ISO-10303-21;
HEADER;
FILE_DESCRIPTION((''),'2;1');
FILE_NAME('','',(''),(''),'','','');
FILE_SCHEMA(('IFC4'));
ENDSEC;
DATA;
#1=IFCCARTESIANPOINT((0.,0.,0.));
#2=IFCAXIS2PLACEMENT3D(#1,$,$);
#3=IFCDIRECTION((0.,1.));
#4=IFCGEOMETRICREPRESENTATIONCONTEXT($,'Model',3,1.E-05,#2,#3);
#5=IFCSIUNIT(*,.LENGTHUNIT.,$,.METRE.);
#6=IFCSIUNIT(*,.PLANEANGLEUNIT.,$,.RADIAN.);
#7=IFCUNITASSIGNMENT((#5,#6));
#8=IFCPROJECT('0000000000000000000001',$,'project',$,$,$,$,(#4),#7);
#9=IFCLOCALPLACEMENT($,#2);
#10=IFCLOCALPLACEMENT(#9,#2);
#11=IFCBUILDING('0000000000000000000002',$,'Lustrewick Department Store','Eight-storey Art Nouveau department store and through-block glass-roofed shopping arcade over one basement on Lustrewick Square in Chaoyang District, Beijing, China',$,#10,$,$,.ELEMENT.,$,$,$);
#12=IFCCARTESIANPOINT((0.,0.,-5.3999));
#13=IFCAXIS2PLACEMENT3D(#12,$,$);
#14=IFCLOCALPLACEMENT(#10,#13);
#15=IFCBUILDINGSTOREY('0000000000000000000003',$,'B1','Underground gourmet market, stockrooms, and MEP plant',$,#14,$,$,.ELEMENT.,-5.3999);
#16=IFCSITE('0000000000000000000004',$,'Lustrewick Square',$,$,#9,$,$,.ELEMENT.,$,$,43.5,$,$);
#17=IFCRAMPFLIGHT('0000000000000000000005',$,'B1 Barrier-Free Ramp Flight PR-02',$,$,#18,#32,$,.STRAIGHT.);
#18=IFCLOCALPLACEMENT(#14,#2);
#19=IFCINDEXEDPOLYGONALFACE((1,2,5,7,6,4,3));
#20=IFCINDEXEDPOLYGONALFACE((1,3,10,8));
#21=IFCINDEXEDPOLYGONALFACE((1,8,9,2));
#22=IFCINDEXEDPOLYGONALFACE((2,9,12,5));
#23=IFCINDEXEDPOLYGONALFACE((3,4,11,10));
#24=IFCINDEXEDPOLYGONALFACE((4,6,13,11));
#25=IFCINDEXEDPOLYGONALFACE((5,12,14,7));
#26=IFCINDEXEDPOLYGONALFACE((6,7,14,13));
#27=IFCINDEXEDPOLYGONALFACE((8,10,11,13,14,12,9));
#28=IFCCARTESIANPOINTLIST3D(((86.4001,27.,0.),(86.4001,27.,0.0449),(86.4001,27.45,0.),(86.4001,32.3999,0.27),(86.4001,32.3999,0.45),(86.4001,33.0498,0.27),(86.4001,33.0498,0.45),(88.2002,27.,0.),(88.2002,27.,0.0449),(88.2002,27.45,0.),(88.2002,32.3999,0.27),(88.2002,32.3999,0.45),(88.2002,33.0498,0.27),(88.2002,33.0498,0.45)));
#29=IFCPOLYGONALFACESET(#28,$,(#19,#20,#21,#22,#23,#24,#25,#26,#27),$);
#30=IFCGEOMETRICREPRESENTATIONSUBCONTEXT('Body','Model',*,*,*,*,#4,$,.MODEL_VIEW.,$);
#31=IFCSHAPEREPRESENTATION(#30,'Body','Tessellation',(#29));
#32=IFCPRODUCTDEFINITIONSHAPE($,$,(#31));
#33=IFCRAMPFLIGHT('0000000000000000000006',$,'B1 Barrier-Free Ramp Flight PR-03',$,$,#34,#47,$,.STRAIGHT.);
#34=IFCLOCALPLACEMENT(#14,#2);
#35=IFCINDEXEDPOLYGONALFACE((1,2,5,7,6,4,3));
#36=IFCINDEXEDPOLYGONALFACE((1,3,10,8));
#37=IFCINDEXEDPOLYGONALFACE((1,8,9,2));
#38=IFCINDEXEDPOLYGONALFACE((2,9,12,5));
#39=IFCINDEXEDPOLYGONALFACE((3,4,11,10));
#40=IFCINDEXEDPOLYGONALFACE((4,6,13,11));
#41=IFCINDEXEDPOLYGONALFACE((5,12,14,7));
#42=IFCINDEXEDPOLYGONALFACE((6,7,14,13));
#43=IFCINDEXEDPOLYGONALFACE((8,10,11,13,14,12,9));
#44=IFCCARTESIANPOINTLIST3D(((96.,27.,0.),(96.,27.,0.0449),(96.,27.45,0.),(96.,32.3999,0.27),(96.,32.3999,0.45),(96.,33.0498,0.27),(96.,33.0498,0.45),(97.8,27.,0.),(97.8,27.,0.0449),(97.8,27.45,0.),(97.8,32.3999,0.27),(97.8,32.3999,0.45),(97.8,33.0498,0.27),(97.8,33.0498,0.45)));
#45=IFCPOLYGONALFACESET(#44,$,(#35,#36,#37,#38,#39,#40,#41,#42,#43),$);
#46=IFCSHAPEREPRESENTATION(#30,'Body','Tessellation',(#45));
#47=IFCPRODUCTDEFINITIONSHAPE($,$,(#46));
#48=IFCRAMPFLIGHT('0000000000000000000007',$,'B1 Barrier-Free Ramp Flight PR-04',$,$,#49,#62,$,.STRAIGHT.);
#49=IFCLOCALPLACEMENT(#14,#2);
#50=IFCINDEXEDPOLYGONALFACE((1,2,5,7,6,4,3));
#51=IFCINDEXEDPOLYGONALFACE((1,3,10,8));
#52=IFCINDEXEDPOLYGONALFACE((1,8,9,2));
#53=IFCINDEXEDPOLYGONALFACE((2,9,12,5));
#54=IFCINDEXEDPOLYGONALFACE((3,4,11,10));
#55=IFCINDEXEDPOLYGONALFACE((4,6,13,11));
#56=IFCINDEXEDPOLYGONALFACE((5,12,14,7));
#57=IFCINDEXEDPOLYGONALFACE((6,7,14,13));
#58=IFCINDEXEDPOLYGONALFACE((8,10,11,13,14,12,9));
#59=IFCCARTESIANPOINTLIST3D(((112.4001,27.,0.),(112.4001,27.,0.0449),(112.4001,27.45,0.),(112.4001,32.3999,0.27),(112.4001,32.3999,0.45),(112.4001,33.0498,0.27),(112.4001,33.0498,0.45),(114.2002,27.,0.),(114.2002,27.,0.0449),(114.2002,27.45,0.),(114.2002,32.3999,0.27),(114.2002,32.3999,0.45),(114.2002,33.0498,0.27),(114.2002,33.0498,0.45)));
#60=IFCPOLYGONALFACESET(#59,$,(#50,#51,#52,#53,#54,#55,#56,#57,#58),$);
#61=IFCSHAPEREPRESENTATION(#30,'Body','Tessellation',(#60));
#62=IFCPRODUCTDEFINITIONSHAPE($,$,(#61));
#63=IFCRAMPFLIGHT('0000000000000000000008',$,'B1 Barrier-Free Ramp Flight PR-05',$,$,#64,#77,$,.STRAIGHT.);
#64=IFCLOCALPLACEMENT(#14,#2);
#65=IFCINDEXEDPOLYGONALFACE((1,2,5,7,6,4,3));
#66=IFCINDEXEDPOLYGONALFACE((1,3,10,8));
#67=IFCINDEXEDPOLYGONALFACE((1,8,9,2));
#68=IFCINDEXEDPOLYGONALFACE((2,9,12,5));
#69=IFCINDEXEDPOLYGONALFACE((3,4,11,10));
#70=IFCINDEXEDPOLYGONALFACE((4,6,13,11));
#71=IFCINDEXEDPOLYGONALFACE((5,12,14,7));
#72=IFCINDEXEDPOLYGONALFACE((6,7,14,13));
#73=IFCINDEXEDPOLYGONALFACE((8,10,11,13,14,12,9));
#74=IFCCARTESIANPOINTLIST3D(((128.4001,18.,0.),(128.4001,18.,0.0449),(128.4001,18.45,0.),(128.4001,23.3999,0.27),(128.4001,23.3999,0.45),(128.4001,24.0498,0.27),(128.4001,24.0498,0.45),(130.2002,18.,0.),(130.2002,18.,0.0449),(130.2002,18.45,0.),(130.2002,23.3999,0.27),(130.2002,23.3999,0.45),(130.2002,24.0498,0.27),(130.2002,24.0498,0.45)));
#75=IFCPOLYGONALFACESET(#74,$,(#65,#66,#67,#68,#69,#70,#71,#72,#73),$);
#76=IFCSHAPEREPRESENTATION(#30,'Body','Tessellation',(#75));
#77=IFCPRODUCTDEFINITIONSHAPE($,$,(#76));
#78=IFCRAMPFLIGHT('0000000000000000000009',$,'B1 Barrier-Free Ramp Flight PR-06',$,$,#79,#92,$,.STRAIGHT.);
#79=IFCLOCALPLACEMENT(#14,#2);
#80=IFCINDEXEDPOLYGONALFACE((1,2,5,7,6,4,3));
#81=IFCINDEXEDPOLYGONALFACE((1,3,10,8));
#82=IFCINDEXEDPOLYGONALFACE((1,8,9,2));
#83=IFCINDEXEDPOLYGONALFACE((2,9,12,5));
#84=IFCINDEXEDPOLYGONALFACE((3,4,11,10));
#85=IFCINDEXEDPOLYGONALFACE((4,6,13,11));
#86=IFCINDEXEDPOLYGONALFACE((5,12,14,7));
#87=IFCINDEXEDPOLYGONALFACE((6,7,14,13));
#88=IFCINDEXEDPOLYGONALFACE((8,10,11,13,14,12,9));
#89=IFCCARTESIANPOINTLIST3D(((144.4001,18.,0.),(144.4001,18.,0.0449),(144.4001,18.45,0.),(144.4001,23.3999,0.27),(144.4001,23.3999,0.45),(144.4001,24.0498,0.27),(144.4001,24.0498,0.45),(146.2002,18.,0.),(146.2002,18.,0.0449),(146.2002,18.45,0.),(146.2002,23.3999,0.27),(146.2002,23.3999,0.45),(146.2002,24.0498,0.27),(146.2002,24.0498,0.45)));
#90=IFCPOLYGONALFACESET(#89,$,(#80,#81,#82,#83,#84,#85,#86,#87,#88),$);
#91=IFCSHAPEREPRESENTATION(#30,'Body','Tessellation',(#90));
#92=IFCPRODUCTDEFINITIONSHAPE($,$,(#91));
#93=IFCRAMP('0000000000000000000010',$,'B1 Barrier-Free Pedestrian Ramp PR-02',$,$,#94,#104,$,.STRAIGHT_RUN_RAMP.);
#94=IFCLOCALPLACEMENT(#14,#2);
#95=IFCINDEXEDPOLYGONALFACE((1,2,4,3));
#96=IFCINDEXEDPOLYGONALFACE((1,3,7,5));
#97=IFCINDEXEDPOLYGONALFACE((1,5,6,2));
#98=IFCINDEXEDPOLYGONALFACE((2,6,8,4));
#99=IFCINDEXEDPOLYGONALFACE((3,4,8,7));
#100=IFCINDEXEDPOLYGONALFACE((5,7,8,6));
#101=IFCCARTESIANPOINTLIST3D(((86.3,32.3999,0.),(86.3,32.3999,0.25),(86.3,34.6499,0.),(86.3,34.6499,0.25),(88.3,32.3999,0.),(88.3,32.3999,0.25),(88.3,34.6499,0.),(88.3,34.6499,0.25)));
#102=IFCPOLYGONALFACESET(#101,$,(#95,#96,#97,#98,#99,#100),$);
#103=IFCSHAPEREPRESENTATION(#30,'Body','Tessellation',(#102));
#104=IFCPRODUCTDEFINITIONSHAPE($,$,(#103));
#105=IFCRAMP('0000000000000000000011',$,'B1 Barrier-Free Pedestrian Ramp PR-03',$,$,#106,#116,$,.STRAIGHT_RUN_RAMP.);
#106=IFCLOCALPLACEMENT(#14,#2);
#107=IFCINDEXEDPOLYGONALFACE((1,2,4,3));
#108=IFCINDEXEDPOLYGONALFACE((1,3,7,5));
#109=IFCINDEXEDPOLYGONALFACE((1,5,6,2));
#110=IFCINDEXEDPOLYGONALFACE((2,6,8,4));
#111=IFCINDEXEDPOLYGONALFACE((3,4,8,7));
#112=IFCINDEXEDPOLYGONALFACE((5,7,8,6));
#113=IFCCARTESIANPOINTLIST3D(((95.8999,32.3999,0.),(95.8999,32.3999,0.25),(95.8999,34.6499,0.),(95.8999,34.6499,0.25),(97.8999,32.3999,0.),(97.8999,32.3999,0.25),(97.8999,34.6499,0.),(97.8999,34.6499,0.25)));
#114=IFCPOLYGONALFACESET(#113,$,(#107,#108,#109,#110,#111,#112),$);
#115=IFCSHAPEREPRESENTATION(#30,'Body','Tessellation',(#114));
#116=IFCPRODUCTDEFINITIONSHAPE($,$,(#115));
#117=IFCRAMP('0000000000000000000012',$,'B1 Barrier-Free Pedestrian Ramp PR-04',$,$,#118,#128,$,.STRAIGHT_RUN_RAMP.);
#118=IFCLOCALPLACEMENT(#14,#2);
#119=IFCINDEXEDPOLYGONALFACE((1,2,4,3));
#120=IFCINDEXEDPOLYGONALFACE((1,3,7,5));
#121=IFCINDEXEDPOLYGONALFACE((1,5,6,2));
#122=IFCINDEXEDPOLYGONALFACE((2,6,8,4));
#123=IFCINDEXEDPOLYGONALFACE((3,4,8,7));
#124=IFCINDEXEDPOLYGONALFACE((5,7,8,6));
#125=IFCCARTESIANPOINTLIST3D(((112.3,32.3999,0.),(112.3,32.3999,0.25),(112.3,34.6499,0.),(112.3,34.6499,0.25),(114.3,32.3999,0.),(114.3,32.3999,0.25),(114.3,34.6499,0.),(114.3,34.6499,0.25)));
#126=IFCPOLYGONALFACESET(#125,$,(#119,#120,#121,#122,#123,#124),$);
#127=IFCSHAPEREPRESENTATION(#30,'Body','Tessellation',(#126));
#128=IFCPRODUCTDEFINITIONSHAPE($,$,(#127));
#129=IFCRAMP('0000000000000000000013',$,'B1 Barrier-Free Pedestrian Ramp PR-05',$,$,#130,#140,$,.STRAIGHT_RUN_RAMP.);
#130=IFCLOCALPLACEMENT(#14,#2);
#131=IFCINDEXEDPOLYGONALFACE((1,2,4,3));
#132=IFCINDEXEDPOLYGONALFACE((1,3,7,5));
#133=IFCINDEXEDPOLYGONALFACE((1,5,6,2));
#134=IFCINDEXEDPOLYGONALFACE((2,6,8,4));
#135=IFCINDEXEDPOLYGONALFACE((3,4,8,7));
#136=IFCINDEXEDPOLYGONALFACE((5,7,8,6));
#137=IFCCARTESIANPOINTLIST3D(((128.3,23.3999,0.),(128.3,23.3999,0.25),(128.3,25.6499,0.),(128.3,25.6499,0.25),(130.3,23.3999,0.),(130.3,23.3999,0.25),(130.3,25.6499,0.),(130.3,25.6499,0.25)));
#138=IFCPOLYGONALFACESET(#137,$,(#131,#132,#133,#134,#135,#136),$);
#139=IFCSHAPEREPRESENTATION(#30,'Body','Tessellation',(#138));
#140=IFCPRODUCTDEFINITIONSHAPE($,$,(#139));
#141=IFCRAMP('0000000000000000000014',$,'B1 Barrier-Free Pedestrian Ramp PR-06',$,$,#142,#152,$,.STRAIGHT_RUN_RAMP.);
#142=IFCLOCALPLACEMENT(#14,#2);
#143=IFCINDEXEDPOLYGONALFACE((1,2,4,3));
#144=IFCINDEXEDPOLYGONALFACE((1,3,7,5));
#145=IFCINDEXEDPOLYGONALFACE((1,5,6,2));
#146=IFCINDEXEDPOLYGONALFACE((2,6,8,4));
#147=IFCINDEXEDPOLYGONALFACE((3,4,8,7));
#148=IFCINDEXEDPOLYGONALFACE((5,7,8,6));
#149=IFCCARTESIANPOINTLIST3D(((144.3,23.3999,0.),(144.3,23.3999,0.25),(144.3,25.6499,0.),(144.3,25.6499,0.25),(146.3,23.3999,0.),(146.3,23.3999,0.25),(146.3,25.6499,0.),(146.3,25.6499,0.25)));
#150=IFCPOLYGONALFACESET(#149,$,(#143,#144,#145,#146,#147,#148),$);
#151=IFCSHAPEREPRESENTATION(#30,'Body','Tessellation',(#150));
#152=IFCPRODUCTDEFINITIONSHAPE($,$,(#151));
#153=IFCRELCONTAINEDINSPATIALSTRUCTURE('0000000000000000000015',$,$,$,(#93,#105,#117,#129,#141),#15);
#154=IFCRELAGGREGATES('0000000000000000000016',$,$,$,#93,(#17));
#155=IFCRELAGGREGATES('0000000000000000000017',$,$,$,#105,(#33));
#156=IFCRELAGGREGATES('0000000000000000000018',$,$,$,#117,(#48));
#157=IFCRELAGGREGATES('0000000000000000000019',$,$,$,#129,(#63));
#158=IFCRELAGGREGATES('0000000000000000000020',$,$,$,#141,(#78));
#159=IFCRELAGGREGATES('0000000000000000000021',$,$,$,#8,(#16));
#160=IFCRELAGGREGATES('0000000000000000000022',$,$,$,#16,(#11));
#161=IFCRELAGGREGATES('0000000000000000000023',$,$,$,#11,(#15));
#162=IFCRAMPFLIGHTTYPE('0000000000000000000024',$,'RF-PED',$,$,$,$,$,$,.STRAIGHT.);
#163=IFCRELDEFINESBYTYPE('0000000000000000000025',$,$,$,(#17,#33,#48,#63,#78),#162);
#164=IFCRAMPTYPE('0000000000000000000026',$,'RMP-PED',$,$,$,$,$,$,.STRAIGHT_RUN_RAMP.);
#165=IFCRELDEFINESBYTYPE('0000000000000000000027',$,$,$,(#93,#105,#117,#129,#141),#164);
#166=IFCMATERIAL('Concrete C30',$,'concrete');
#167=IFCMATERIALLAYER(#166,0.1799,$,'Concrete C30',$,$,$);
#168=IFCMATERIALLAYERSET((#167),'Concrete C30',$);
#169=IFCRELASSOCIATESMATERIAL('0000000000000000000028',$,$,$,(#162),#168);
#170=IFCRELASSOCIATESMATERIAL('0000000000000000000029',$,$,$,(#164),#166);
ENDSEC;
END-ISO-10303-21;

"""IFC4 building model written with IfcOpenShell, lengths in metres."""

from ifc_helpers import new_model, si_unit, direction, frame, origin, place, context, subcontext, project, spatial, polyline, outline, extrude, material, layer, layer_set, type_object, element, aggregate, save


model = new_model("IFC4")

# Units and contexts
model_context = context("Model", 3, precision=1e-05, world=origin(), true_north=direction((0.0, 1.0)))
body_context = subcontext(model_context, "Body", "Model", "MODEL_VIEW")
ifc_project = project(units=[si_unit("LENGTHUNIT", "METRE"), si_unit("PLANEANGLEUNIT", "RADIAN")], contexts=[model_context])

# Site, building, storey
site_placement = place(None, origin())
site = spatial("IfcSite", under=ifc_project, at=site_placement, Name="Lustrewick Square", CompositionType="ELEMENT", RefElevation=43.5)
building_placement = place(site_placement, origin())
building = spatial("IfcBuilding", under=site, at=building_placement, Name="Lustrewick Department Store", Description="Eight-storey Art Nouveau department store and through-block glass-roofed shopping arcade over one basement on Lustrewick Square in Chaoyang District, Beijing, China", CompositionType="ELEMENT")
storey_placement = place(building_placement, frame((0.0, 0.0, -5.3999)))
storey = spatial("IfcBuildingStorey", under=building, at=storey_placement, Name="B1", Description="Underground gourmet market, stockrooms, and MEP plant", CompositionType="ELEMENT", Elevation=-5.3999)

# Shared definitions
ifc_material_1 = material(Name="Concrete C30", Category="concrete")

# Ramp flights
ifc_layer_1 = layer(ifc_material_1, 0.1799, Name="Concrete C30")
ifc_layer_set_1 = layer_set([ifc_layer_1], Name="Concrete C30")
ramp_flight_type = type_object("IfcRampFlightType", Name="RF-PED", PredefinedType="STRAIGHT", material=ifc_layer_set_1)
ramp_flight_1_placement = place(storey_placement, frame((87.3, 27.0, 0.0), z_axis=(0.0, 0.0, 1.0), x_axis=(0.0, 1.0, 0.0)))
ramp_flight_1 = element("IfcRampFlight", 1, at=ramp_flight_1_placement, type_object=ramp_flight_type, Name="B1 Barrier-Free Ramp Flight PR-02", PredefinedType="STRAIGHT", context=body_context, shape_type="SweptSolid", body=[
    extrude(outline(polyline([(0.0, 0.0), (0.45, 0.0), (5.3999, 0.27), (6.0498, 0.27), (6.0498, 0.45), (5.3999, 0.45), (0.0, 0.0449), (0.0, 0.0)])), frame((0.0, 0.8999, 0.0), z_axis=(0.0, -1.0, 0.0), x_axis=(1.0, 0.0, 0.0)), (0.0, 0.0, 1.0), 1.8),
])
ramp_flight_2_placement = place(storey_placement, frame((96.8999, 27.0, 0.0), z_axis=(0.0, 0.0, 1.0), x_axis=(0.0, 1.0, 0.0)))
ramp_flight_2 = element("IfcRampFlight", 2, at=ramp_flight_2_placement, type_object=ramp_flight_type, Name="B1 Barrier-Free Ramp Flight PR-03", PredefinedType="STRAIGHT", context=body_context, shape_type="SweptSolid", body=[
    extrude(outline(polyline([(0.0, 0.0), (0.45, 0.0), (5.3999, 0.27), (6.0498, 0.27), (6.0498, 0.45), (5.3999, 0.45), (0.0, 0.0449), (0.0, 0.0)])), frame((0.0, 0.8999, 0.0), z_axis=(0.0, -1.0, 0.0), x_axis=(1.0, 0.0, 0.0)), (0.0, 0.0, 1.0), 1.8),
])
ramp_flight_3_placement = place(storey_placement, frame((113.3, 27.0, 0.0), z_axis=(0.0, 0.0, 1.0), x_axis=(0.0, 1.0, 0.0)))
ramp_flight_3 = element("IfcRampFlight", 3, at=ramp_flight_3_placement, type_object=ramp_flight_type, Name="B1 Barrier-Free Ramp Flight PR-04", PredefinedType="STRAIGHT", context=body_context, shape_type="SweptSolid", body=[
    extrude(outline(polyline([(0.0, 0.0), (0.45, 0.0), (5.3999, 0.27), (6.0498, 0.27), (6.0498, 0.45), (5.3999, 0.45), (0.0, 0.0449), (0.0, 0.0)])), frame((0.0, 0.8999, 0.0), z_axis=(0.0, -1.0, 0.0), x_axis=(1.0, 0.0, 0.0)), (0.0, 0.0, 1.0), 1.8),
])
ramp_flight_4_placement = place(storey_placement, frame((129.3, 18.0, 0.0), z_axis=(0.0, 0.0, 1.0), x_axis=(0.0, 1.0, 0.0)))
ramp_flight_4 = element("IfcRampFlight", 4, at=ramp_flight_4_placement, type_object=ramp_flight_type, Name="B1 Barrier-Free Ramp Flight PR-05", PredefinedType="STRAIGHT", context=body_context, shape_type="SweptSolid", body=[
    extrude(outline(polyline([(0.0, 0.0), (0.45, 0.0), (5.3999, 0.27), (6.0498, 0.27), (6.0498, 0.45), (5.3999, 0.45), (0.0, 0.0449), (0.0, 0.0)])), frame((0.0, 0.8999, 0.0), z_axis=(0.0, -1.0, 0.0), x_axis=(1.0, 0.0, 0.0)), (0.0, 0.0, 1.0), 1.8),
])
ramp_flight_5_placement = place(storey_placement, frame((145.3, 18.0, 0.0), z_axis=(0.0, 0.0, 1.0), x_axis=(0.0, 1.0, 0.0)))
ramp_flight_5 = element("IfcRampFlight", 5, at=ramp_flight_5_placement, type_object=ramp_flight_type, Name="B1 Barrier-Free Ramp Flight PR-06", PredefinedType="STRAIGHT", context=body_context, shape_type="SweptSolid", body=[
    extrude(outline(polyline([(0.0, 0.0), (0.45, 0.0), (5.3999, 0.27), (6.0498, 0.27), (6.0498, 0.45), (5.3999, 0.45), (0.0, 0.0449), (0.0, 0.0)])), frame((0.0, 0.8999, 0.0), z_axis=(0.0, -1.0, 0.0), x_axis=(1.0, 0.0, 0.0)), (0.0, 0.0, 1.0), 1.8),
])

# Ramps
ramp_type = type_object("IfcRampType", Name="RMP-PED", PredefinedType="STRAIGHT_RUN_RAMP", material=ifc_material_1)
ramp_1_placement = place(storey_placement, origin())
ramp_1 = element("IfcRamp", 6, at=ramp_1_placement, inside=storey, type_object=ramp_type, Name="B1 Barrier-Free Pedestrian Ramp PR-02", PredefinedType="STRAIGHT_RUN_RAMP", context=body_context, shape_type="SweptSolid", body=[
    extrude(outline(polyline([(88.3, 32.3999), (88.3, 34.6499), (86.3, 34.6499), (86.3, 32.3999), (88.3, 32.3999)])), origin(), (0.0, 0.0, 1.0), 0.25),
])
aggregate(ramp_1, [ramp_flight_1])
ramp_2_placement = place(storey_placement, origin())
ramp_2 = element("IfcRamp", 7, at=ramp_2_placement, inside=storey, type_object=ramp_type, Name="B1 Barrier-Free Pedestrian Ramp PR-03", PredefinedType="STRAIGHT_RUN_RAMP", context=body_context, shape_type="SweptSolid", body=[
    extrude(outline(polyline([(97.8999, 32.3999), (97.8999, 34.6499), (95.8999, 34.6499), (95.8999, 32.3999), (97.8999, 32.3999)])), origin(), (0.0, 0.0, 1.0), 0.25),
])
aggregate(ramp_2, [ramp_flight_2])
ramp_3_placement = place(storey_placement, origin())
ramp_3 = element("IfcRamp", 8, at=ramp_3_placement, inside=storey, type_object=ramp_type, Name="B1 Barrier-Free Pedestrian Ramp PR-04", PredefinedType="STRAIGHT_RUN_RAMP", context=body_context, shape_type="SweptSolid", body=[
    extrude(outline(polyline([(114.3, 32.3999), (114.3, 34.6499), (112.3, 34.6499), (112.3, 32.3999), (114.3, 32.3999)])), origin(), (0.0, 0.0, 1.0), 0.25),
])
aggregate(ramp_3, [ramp_flight_3])
ramp_4_placement = place(storey_placement, origin())
ramp_4 = element("IfcRamp", 9, at=ramp_4_placement, inside=storey, type_object=ramp_type, Name="B1 Barrier-Free Pedestrian Ramp PR-05", PredefinedType="STRAIGHT_RUN_RAMP", context=body_context, shape_type="SweptSolid", body=[
    extrude(outline(polyline([(130.3, 23.3999), (130.3, 25.6499), (128.3, 25.6499), (128.3, 23.3999), (130.3, 23.3999)])), origin(), (0.0, 0.0, 1.0), 0.25),
])
aggregate(ramp_4, [ramp_flight_4])
ramp_5_placement = place(storey_placement, origin())
ramp_5 = element("IfcRamp", 10, at=ramp_5_placement, inside=storey, type_object=ramp_type, Name="B1 Barrier-Free Pedestrian Ramp PR-06", PredefinedType="STRAIGHT_RUN_RAMP", context=body_context, shape_type="SweptSolid", body=[
    extrude(outline(polyline([(146.3, 23.3999), (146.3, 25.6499), (144.3, 25.6499), (144.3, 23.3999), (146.3, 23.3999)])), origin(), (0.0, 0.0, 1.0), 0.25),
])
aggregate(ramp_5, [ramp_flight_5])

save(model, "model.ifc")
